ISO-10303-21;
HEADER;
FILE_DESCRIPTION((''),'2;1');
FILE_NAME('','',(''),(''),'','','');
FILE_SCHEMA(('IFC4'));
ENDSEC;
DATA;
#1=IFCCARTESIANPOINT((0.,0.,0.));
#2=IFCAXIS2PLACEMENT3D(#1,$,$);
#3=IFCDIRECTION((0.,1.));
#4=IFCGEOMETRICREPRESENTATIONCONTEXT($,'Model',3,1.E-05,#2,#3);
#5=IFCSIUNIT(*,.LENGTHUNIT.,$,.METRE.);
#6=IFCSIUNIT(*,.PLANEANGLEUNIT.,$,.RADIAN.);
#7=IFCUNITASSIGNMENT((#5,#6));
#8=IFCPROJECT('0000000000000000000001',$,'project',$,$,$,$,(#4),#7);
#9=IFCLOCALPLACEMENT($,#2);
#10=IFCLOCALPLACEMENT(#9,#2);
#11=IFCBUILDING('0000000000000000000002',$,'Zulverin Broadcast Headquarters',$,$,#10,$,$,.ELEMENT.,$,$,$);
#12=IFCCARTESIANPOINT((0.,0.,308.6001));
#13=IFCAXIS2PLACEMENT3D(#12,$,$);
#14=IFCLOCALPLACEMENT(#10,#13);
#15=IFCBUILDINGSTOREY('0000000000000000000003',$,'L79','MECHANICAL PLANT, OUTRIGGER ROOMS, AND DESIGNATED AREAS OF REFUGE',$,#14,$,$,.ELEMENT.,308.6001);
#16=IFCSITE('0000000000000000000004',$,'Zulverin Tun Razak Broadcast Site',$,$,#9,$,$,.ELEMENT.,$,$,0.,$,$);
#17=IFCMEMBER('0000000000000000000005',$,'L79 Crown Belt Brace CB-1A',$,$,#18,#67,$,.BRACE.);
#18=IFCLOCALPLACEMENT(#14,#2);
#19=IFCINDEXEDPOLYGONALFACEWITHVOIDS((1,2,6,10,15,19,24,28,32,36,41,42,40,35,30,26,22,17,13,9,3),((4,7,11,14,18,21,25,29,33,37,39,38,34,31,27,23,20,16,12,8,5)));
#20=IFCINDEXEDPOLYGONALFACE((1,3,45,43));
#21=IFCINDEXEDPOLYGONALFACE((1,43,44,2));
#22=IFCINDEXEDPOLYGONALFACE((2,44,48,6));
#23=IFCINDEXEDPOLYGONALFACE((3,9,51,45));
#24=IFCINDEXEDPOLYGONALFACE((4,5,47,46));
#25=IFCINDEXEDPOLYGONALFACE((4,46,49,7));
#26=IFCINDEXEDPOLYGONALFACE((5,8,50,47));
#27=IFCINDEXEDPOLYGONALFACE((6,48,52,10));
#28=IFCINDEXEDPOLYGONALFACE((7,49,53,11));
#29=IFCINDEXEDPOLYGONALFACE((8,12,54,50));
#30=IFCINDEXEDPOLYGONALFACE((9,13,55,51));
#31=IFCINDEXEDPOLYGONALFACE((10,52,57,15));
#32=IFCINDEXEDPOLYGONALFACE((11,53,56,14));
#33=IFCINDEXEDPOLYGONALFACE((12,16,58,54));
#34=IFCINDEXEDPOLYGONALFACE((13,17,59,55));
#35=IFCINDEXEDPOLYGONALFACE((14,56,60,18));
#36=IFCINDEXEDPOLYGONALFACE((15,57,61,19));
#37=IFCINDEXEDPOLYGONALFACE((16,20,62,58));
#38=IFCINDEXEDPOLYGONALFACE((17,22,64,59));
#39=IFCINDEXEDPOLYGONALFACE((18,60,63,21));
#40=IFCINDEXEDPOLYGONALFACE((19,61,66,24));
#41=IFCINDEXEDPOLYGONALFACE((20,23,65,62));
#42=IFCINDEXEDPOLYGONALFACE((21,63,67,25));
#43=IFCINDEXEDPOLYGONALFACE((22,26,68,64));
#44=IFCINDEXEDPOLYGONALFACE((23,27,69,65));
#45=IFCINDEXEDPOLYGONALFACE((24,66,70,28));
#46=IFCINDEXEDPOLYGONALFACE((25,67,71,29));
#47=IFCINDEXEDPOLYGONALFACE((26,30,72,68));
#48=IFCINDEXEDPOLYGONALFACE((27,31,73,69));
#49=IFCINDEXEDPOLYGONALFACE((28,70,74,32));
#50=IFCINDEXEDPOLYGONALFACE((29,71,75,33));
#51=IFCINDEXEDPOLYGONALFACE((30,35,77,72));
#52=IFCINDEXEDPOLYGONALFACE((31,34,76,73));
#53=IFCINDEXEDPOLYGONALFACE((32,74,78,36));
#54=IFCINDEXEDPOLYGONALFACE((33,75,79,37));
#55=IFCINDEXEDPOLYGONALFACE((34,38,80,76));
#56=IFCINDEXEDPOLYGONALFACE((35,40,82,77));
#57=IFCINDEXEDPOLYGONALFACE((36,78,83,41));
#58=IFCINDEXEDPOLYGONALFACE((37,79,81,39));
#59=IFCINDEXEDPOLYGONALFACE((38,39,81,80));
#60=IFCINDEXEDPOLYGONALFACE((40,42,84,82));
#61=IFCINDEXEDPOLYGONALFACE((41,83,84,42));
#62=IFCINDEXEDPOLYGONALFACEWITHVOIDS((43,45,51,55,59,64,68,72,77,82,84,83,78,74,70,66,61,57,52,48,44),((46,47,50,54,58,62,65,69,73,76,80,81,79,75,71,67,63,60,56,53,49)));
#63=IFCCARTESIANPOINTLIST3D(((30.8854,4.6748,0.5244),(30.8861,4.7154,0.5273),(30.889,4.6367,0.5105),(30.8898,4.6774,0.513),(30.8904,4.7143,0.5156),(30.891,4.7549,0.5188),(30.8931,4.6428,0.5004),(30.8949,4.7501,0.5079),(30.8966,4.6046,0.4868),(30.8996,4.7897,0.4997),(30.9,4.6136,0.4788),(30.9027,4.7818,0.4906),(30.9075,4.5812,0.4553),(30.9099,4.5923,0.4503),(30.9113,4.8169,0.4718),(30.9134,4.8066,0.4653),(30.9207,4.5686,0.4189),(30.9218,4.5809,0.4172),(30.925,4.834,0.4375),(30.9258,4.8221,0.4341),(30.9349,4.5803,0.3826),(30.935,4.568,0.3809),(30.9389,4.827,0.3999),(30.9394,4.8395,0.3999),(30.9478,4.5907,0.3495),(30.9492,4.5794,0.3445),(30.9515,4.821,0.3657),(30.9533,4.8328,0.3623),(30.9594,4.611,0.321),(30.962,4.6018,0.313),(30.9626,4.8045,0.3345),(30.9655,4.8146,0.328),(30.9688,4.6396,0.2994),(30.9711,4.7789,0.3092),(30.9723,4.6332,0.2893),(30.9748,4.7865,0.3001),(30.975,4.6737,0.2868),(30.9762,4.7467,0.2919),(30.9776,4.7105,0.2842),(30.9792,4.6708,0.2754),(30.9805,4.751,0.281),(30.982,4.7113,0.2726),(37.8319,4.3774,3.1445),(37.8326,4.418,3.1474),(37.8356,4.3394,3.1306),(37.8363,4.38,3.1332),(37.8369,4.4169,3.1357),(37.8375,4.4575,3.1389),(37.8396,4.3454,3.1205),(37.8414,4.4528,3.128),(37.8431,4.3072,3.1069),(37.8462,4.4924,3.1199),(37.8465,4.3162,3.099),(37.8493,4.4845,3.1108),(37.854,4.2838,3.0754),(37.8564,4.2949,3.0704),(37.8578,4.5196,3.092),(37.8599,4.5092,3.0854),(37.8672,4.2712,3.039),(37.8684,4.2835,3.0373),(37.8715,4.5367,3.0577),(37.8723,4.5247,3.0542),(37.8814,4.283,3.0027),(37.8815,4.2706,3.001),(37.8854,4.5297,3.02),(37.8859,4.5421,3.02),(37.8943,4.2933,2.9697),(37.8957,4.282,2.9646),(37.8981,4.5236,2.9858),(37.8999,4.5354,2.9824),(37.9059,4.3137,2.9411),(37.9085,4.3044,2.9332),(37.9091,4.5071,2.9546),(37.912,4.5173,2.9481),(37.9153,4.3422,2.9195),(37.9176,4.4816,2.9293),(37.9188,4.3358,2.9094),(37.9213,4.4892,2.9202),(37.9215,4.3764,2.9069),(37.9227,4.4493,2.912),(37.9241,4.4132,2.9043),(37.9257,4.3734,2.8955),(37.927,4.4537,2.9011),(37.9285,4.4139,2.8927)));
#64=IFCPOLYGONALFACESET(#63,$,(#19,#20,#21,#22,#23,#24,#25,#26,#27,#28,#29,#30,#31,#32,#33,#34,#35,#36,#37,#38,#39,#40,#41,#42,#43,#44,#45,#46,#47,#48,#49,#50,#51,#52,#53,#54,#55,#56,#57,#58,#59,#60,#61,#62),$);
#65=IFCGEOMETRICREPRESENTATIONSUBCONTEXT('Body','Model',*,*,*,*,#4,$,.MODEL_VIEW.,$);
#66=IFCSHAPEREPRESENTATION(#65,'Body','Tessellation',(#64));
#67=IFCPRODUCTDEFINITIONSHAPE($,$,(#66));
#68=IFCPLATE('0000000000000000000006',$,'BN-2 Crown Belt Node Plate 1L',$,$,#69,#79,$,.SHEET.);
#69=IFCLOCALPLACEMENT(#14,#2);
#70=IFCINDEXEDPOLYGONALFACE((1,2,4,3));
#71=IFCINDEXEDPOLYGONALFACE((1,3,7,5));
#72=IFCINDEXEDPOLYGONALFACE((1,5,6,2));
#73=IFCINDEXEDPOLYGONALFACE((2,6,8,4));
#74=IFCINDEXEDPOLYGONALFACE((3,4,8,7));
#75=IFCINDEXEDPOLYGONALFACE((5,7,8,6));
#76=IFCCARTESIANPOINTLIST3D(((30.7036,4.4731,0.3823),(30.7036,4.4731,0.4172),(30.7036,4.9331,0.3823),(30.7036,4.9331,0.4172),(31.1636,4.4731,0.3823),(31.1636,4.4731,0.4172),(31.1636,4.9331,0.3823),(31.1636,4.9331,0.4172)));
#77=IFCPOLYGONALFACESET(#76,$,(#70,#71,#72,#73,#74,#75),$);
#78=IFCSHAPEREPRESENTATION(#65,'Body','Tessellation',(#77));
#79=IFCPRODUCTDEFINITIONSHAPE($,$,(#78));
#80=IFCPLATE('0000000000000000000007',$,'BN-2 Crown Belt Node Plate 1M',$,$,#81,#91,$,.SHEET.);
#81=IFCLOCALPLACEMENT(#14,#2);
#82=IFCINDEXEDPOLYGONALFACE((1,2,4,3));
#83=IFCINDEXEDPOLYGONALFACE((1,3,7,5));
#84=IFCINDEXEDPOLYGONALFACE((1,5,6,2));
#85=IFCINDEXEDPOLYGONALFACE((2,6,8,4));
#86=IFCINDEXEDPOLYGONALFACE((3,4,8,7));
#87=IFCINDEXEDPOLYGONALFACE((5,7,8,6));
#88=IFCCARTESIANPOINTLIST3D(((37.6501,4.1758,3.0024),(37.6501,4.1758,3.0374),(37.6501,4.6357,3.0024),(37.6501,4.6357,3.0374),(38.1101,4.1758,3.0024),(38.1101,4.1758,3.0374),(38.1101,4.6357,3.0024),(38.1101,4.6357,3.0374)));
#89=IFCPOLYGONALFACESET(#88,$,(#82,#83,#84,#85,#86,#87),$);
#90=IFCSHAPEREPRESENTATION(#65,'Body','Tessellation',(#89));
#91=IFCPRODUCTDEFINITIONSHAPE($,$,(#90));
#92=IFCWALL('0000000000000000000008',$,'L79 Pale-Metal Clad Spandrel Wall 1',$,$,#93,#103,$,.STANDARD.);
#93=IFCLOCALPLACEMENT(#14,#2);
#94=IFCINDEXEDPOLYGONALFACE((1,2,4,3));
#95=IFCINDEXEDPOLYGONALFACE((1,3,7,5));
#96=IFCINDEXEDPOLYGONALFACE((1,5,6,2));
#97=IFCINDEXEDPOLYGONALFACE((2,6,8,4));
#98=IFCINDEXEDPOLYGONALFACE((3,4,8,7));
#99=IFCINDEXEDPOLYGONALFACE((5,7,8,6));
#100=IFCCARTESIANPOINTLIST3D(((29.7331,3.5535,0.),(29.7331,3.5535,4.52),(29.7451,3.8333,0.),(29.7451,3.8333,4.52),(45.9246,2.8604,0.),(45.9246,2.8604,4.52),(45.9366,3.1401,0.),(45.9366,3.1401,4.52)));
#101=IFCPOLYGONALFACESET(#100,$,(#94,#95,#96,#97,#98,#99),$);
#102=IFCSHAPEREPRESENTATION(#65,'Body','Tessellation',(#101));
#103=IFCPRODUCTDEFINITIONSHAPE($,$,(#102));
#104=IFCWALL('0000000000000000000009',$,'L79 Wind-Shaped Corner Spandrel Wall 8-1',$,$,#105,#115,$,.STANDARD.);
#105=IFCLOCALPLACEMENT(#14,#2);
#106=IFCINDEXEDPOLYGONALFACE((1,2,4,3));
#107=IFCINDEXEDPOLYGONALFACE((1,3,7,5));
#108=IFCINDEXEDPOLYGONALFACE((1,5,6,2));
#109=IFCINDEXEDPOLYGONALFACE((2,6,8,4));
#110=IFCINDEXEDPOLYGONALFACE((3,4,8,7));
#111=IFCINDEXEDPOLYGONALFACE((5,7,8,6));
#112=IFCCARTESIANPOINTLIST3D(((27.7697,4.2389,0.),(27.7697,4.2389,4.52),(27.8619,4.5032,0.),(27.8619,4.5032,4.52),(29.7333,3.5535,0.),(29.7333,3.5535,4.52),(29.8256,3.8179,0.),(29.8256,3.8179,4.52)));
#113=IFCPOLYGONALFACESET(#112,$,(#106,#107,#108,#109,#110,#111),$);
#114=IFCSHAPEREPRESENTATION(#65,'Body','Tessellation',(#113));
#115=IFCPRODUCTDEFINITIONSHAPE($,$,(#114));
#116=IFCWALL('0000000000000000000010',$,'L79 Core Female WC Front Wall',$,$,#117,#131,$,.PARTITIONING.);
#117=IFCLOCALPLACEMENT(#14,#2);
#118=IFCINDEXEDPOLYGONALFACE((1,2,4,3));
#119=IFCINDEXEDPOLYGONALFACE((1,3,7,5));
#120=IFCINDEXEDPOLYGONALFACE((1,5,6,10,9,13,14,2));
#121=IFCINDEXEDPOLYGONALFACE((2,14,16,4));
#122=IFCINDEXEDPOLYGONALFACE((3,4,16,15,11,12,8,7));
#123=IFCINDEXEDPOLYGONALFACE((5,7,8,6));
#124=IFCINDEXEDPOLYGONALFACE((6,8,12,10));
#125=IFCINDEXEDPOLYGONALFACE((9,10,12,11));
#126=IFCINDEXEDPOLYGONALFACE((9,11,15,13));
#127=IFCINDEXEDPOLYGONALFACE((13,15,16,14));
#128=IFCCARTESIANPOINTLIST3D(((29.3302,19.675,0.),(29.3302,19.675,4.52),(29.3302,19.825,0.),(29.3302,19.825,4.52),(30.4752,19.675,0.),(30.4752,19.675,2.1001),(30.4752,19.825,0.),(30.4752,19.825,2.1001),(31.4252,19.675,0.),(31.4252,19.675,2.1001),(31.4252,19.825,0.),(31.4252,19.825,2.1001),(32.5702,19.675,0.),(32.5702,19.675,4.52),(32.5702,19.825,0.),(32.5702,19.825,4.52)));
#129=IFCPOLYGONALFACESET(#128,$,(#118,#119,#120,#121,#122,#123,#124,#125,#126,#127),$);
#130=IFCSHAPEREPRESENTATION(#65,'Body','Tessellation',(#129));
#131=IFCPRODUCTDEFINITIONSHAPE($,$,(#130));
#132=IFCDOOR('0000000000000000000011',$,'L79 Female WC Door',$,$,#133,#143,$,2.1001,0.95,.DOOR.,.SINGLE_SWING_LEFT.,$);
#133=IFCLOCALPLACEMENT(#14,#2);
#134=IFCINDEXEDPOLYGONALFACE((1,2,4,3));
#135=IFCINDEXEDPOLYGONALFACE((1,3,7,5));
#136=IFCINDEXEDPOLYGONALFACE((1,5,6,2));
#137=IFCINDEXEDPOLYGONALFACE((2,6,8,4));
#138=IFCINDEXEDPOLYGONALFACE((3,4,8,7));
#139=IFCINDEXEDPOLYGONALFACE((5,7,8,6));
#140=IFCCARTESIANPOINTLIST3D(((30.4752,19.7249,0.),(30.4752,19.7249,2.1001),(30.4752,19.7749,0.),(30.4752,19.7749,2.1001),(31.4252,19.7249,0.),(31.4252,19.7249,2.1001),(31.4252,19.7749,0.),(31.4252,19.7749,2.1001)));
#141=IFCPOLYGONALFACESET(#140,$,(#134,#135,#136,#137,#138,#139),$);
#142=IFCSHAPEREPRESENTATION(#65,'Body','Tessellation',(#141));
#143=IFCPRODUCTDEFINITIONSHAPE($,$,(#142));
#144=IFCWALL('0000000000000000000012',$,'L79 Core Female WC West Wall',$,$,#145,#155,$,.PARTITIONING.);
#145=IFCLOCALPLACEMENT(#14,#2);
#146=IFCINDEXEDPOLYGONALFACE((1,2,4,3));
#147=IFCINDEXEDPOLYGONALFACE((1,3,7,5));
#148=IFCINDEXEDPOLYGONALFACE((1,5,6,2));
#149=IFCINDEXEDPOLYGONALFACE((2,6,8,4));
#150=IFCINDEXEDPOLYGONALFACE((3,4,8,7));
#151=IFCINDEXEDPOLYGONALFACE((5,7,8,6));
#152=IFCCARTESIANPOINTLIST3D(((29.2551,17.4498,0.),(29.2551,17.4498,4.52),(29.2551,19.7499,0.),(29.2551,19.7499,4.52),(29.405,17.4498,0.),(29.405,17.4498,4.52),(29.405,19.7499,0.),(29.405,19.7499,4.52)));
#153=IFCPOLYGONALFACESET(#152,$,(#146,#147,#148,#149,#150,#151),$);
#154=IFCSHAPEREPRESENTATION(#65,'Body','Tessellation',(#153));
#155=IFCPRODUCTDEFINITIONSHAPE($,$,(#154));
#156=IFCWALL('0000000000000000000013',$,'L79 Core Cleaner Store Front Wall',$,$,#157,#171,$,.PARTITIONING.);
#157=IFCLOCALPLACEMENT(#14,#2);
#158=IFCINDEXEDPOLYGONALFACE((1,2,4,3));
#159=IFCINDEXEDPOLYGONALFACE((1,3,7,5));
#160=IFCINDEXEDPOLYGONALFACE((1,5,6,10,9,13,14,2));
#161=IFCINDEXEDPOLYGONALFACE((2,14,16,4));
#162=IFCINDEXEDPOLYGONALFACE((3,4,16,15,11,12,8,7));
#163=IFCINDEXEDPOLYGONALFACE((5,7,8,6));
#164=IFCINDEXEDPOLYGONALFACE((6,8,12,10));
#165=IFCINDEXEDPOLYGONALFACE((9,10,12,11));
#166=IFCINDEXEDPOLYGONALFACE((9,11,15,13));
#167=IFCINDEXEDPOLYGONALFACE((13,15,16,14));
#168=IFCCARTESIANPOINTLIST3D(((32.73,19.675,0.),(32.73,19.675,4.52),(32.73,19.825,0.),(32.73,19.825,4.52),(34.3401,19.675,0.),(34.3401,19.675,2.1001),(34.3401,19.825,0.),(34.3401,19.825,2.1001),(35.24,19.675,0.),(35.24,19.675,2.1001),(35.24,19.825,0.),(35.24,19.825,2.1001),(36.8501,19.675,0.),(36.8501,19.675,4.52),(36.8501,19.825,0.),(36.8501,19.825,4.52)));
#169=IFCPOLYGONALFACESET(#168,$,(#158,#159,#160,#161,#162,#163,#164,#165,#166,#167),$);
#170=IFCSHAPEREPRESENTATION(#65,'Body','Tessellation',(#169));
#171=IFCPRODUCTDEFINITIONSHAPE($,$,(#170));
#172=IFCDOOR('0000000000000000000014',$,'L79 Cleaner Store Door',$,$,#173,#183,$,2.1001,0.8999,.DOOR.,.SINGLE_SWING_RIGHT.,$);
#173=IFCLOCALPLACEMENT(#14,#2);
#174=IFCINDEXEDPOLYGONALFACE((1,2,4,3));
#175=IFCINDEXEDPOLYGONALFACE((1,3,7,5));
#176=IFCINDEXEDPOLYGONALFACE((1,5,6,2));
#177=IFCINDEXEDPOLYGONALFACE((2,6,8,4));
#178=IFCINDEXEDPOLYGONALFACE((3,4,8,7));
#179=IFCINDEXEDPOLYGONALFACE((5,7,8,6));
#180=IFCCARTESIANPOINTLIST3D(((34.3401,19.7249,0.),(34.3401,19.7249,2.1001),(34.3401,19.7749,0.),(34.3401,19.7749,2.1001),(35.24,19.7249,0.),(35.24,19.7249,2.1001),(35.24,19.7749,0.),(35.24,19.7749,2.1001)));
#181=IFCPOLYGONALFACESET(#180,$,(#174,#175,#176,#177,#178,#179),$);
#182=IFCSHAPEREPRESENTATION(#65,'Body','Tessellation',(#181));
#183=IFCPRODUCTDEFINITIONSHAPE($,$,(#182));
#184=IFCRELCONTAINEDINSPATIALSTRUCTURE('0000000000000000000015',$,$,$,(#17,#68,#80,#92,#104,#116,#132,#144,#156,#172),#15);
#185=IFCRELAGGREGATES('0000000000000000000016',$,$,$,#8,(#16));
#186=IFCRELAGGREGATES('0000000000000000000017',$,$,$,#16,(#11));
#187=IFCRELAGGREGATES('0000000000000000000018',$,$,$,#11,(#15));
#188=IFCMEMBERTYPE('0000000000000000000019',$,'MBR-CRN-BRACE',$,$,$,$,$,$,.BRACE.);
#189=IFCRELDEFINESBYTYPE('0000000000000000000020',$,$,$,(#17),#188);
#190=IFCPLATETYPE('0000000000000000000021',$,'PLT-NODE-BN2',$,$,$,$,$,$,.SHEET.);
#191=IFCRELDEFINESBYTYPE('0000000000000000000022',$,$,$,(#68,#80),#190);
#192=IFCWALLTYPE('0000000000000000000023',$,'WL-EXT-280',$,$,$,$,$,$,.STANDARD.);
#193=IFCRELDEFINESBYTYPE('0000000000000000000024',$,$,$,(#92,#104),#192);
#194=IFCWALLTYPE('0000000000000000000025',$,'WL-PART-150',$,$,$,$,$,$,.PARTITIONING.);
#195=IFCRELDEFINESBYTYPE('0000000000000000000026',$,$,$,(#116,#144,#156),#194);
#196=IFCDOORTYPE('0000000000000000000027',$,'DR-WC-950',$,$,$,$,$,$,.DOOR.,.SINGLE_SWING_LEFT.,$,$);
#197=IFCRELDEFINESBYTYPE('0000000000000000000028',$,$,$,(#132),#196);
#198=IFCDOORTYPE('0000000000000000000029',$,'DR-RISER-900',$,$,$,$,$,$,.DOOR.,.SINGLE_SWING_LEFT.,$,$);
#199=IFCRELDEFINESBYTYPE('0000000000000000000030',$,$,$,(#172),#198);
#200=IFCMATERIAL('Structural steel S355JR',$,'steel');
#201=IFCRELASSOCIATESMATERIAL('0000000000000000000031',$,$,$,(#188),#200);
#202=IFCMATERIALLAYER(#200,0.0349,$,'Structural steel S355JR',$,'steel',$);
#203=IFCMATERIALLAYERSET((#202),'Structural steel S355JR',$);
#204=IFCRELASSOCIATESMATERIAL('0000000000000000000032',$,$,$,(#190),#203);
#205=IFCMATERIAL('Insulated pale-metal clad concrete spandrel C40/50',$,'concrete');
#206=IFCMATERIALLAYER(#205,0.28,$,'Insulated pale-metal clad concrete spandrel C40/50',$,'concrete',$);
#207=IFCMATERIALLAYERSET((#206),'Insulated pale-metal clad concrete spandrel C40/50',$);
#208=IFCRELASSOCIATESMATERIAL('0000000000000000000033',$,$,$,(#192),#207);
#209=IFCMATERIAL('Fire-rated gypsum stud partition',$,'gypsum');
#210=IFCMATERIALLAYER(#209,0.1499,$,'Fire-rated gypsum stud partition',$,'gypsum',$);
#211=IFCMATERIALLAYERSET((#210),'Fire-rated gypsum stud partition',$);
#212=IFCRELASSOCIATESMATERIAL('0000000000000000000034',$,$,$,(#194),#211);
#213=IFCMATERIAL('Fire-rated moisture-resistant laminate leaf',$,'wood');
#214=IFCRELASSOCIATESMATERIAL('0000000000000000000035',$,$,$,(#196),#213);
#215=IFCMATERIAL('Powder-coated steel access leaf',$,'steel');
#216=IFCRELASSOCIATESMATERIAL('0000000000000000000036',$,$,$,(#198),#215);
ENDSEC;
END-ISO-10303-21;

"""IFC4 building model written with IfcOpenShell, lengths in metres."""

from ifc_helpers import new_model, si_unit, direction, frame, frame_2d, origin, origin_2d, place, context, subcontext, project, spatial, rectangle, hollow_circle, extrude, material, layer, layer_set, material_profile, profile_set, type_object, element, fill, save


model = new_model("IFC4")

# Units and contexts
model_context = context("Model", 3, precision=1e-05, world=origin(), true_north=direction((0.0, 1.0)))
body_context = subcontext(model_context, "Body", "Model", "MODEL_VIEW")
ifc_project = project(units=[si_unit("LENGTHUNIT", "METRE"), si_unit("PLANEANGLEUNIT", "RADIAN")], contexts=[model_context])

# Site, building, storey
site_placement = place(None, origin())
site = spatial("IfcSite", under=ifc_project, at=site_placement, Name="Zulverin Tun Razak Broadcast Site", CompositionType="ELEMENT", RefElevation=0.0)
building_placement = place(site_placement, origin())
building = spatial("IfcBuilding", under=site, at=building_placement, Name="Zulverin Broadcast Headquarters", CompositionType="ELEMENT")
storey_placement = place(building_placement, frame((0.0, 0.0, 308.6001)))
storey = spatial("IfcBuildingStorey", under=building, at=storey_placement, Name="L79", Description="MECHANICAL PLANT, OUTRIGGER ROOMS, AND DESIGNATED AREAS OF REFUGE", CompositionType="ELEMENT", Elevation=308.6001)

# Shared definitions
ifc_material_1 = material(Name="Structural steel S355JR", Category="steel")

# Member
ifc_material_profile_1 = material_profile(ifc_material_1, hollow_circle(Radius=0.1365, WallThickness=0.0125, at=origin_2d()), Name="Structural steel S355JR", Category="steel")
ifc_profile_set_1 = profile_set([ifc_material_profile_1], Name="Structural steel S355JR")
member_type = type_object("IfcMemberType", Name="MBR-CRN-BRACE", PredefinedType="BRACE", material=ifc_profile_set_1)
member_placement = place(storey_placement, frame((30.9336, 4.7031, 0.3999), z_axis=(0.934906, -0.040021, 0.352631), x_axis=(0.042768, 0.999085, 0.0)))
element("IfcMember", 1, at=member_placement, inside=storey, type_object=member_type, Name="L79 Crown Belt Brace CB-1A", PredefinedType="BRACE", context=body_context, shape_type="SweptSolid", body=[
    extrude(hollow_circle(Radius=0.1365, WallThickness=0.0125, at=origin_2d()), origin(), (0.0, 0.0, 1.0), 7.4302),
])

# Plates
ifc_layer_1 = layer(ifc_material_1, 0.0349, Name="Structural steel S355JR", Category="steel")
ifc_layer_set_1 = layer_set([ifc_layer_1], Name="Structural steel S355JR")
plate_type = type_object("IfcPlateType", Name="PLT-NODE-BN2", PredefinedType="SHEET", material=ifc_layer_set_1)
for number, where, z_axis, x_axis, name in (
    (2, (30.9336, 4.7031, 0.3823), (0.0, 0.0, 1.0), (1.0, 0.0, 0.0), "BN-2 Crown Belt Node Plate 1L"),
    (3, (37.8801, 4.4058, 3.0024), (0.0, 0.0, 1.0), (1.0, 0.0, 0.0), "BN-2 Crown Belt Node Plate 1M"),
):
    element("IfcPlate", number, at=place(storey_placement, frame(where, z_axis=z_axis, x_axis=x_axis)), inside=storey, type_object=plate_type, Name=name, PredefinedType="SHEET", context=body_context, shape_type="SweptSolid", body=[
        extrude(rectangle(XDim=0.46, YDim=0.46, at=origin_2d()), origin(), (0.0, 0.0, 1.0), 0.0349),
    ])

# Walls
ifc_material_2 = material(Name="Insulated pale-metal clad concrete spandrel C40/50", Category="concrete")
ifc_layer_2 = layer(ifc_material_2, 0.28, Name="Insulated pale-metal clad concrete spandrel C40/50", Category="concrete")
ifc_layer_set_2 = layer_set([ifc_layer_2], Name="Insulated pale-metal clad concrete spandrel C40/50")
wall_type_1 = type_object("IfcWallType", Name="WL-EXT-280", PredefinedType="STANDARD", material=ifc_layer_set_2)
wall_1_placement = place(storey_placement, frame((29.7393, 3.6934, 0.0), z_axis=(0.0, 0.0, 1.0), x_axis=(0.999085, -0.042768, 0.0)))
element("IfcWall", 4, at=wall_1_placement, inside=storey, type_object=wall_type_1, Name="L79 Pale-Metal Clad Spandrel Wall 1", PredefinedType="STANDARD", context=body_context, shape_type="SweptSolid", body=[
    extrude(rectangle(XDim=16.2063, YDim=0.28, at=frame_2d((8.103, 0.0))), origin(), (0.0, 0.0, 1.0), 4.52),
])
wall_2_placement = place(storey_placement, frame((27.8157, 4.3711, 0.0), z_axis=(0.0, 0.0, 1.0), x_axis=(0.944153, -0.329508, 0.0)))
element("IfcWall", 5, at=wall_2_placement, inside=storey, type_object=wall_type_1, Name="L79 Wind-Shaped Corner Spandrel Wall 8-1", PredefinedType="STANDARD", context=body_context, shape_type="SweptSolid", body=[
    extrude(rectangle(XDim=2.0798, YDim=0.28, at=frame_2d((1.04, 0.0))), origin(), (0.0, 0.0, 1.0), 4.52),
])

# Wall, opening, door
ifc_material_3 = material(Name="Fire-rated gypsum stud partition", Category="gypsum")
ifc_layer_3 = layer(ifc_material_3, 0.1499, Name="Fire-rated gypsum stud partition", Category="gypsum")
ifc_layer_set_3 = layer_set([ifc_layer_3], Name="Fire-rated gypsum stud partition")
wall_type_2 = type_object("IfcWallType", Name="WL-PART-150", PredefinedType="PARTITIONING", material=ifc_layer_set_3)
wall_3_placement = place(storey_placement, frame((29.3301, 19.75, 0.0), z_axis=(0.0, 0.0, 1.0), x_axis=(1.0, 0.0, 0.0)))
wall_3 = element("IfcWall", 6, at=wall_3_placement, inside=storey, type_object=wall_type_2, Name="L79 Core Female WC Front Wall", PredefinedType="PARTITIONING", context=body_context, shape_type="SweptSolid", body=[
    extrude(rectangle(XDim=3.24, YDim=0.1499, at=frame_2d((1.6201, 0.0))), origin(), (0.0, 0.0, 1.0), 4.52),
])
opening_1_placement = place(wall_3_placement, frame((1.145, 0.0, 0.0)))
opening_1 = element("IfcOpeningElement", 7, at=opening_1_placement, cuts=wall_3, PredefinedType="OPENING", context=body_context, shape_type="SweptSolid", body=[
    extrude(rectangle(XDim=0.95, YDim=2.1001, at=frame_2d((0.4751, 1.05))), frame((0.0, 0.085, 0.0), z_axis=(0.0, -1.0, 0.0), x_axis=(1.0, 0.0, 0.0)), (0.0, 0.0, 1.0), 0.1699),
])
ifc_material_4 = material(Name="Fire-rated moisture-resistant laminate leaf", Category="wood")
door_type_1 = type_object("IfcDoorType", Name="DR-WC-950", OperationType="SINGLE_SWING_LEFT", PredefinedType="DOOR", material=ifc_material_4)
door_1_placement = place(opening_1_placement, origin())
door_1 = element("IfcDoor", 8, at=door_1_placement, inside=storey, type_object=door_type_1, Name="L79 Female WC Door", OperationType="SINGLE_SWING_LEFT", OverallHeight=2.1001, OverallWidth=0.95, PredefinedType="DOOR", context=body_context, shape_type="SweptSolid", body=[
    extrude(rectangle(XDim=0.95, YDim=2.1001, at=frame_2d((0.4751, 1.05))), frame((0.0, 0.0249, 0.0), z_axis=(0.0, -1.0, 0.0), x_axis=(1.0, 0.0, 0.0)), (0.0, 0.0, 1.0), 0.05),
])
fill(opening_1, door_1)

# Wall
wall_4_placement = place(storey_placement, frame((29.3301, 17.45, 0.0), z_axis=(0.0, 0.0, 1.0), x_axis=(0.0, 1.0, 0.0)))
element("IfcWall", 9, at=wall_4_placement, inside=storey, type_object=wall_type_2, Name="L79 Core Female WC West Wall", PredefinedType="PARTITIONING", context=body_context, shape_type="SweptSolid", body=[
    extrude(rectangle(XDim=2.3, YDim=0.1499, at=frame_2d((1.1499, 0.0))), origin(), (0.0, 0.0, 1.0), 4.52),
])

# Wall, opening, door
wall_5_placement = place(storey_placement, frame((32.73, 19.75, 0.0), z_axis=(0.0, 0.0, 1.0), x_axis=(1.0, 0.0, 0.0)))
wall_5 = element("IfcWall", 10, at=wall_5_placement, inside=storey, type_object=wall_type_2, Name="L79 Core Cleaner Store Front Wall", PredefinedType="PARTITIONING", context=body_context, shape_type="SweptSolid", body=[
    extrude(rectangle(XDim=4.1201, YDim=0.1499, at=frame_2d((2.0601, 0.0))), origin(), (0.0, 0.0, 1.0), 4.52),
])
opening_2_placement = place(wall_5_placement, frame((1.6101, 0.0, 0.0)))
opening_2 = element("IfcOpeningElement", 11, at=opening_2_placement, cuts=wall_5, PredefinedType="OPENING", context=body_context, shape_type="SweptSolid", body=[
    extrude(rectangle(XDim=0.8999, YDim=2.1001, at=frame_2d((0.45, 1.05))), frame((0.0, 0.085, 0.0), z_axis=(0.0, -1.0, 0.0), x_axis=(1.0, 0.0, 0.0)), (0.0, 0.0, 1.0), 0.1699),
])
ifc_material_5 = material(Name="Powder-coated steel access leaf", Category="steel")
door_type_2 = type_object("IfcDoorType", Name="DR-RISER-900", OperationType="SINGLE_SWING_LEFT", PredefinedType="DOOR", material=ifc_material_5)
door_2_placement = place(opening_2_placement, origin())
door_2 = element("IfcDoor", 12, at=door_2_placement, inside=storey, type_object=door_type_2, Name="L79 Cleaner Store Door", OperationType="SINGLE_SWING_RIGHT", OverallHeight=2.1001, OverallWidth=0.8999, PredefinedType="DOOR", context=body_context, shape_type="SweptSolid", body=[
    extrude(rectangle(XDim=0.8999, YDim=2.1001, at=frame_2d((0.45, 1.05))), frame((0.0, 0.0249, 0.0), z_axis=(0.0, -1.0, 0.0), x_axis=(1.0, 0.0, 0.0)), (0.0, 0.0, 1.0), 0.05),
])
fill(opening_2, door_2)

save(model, "model.ifc")
